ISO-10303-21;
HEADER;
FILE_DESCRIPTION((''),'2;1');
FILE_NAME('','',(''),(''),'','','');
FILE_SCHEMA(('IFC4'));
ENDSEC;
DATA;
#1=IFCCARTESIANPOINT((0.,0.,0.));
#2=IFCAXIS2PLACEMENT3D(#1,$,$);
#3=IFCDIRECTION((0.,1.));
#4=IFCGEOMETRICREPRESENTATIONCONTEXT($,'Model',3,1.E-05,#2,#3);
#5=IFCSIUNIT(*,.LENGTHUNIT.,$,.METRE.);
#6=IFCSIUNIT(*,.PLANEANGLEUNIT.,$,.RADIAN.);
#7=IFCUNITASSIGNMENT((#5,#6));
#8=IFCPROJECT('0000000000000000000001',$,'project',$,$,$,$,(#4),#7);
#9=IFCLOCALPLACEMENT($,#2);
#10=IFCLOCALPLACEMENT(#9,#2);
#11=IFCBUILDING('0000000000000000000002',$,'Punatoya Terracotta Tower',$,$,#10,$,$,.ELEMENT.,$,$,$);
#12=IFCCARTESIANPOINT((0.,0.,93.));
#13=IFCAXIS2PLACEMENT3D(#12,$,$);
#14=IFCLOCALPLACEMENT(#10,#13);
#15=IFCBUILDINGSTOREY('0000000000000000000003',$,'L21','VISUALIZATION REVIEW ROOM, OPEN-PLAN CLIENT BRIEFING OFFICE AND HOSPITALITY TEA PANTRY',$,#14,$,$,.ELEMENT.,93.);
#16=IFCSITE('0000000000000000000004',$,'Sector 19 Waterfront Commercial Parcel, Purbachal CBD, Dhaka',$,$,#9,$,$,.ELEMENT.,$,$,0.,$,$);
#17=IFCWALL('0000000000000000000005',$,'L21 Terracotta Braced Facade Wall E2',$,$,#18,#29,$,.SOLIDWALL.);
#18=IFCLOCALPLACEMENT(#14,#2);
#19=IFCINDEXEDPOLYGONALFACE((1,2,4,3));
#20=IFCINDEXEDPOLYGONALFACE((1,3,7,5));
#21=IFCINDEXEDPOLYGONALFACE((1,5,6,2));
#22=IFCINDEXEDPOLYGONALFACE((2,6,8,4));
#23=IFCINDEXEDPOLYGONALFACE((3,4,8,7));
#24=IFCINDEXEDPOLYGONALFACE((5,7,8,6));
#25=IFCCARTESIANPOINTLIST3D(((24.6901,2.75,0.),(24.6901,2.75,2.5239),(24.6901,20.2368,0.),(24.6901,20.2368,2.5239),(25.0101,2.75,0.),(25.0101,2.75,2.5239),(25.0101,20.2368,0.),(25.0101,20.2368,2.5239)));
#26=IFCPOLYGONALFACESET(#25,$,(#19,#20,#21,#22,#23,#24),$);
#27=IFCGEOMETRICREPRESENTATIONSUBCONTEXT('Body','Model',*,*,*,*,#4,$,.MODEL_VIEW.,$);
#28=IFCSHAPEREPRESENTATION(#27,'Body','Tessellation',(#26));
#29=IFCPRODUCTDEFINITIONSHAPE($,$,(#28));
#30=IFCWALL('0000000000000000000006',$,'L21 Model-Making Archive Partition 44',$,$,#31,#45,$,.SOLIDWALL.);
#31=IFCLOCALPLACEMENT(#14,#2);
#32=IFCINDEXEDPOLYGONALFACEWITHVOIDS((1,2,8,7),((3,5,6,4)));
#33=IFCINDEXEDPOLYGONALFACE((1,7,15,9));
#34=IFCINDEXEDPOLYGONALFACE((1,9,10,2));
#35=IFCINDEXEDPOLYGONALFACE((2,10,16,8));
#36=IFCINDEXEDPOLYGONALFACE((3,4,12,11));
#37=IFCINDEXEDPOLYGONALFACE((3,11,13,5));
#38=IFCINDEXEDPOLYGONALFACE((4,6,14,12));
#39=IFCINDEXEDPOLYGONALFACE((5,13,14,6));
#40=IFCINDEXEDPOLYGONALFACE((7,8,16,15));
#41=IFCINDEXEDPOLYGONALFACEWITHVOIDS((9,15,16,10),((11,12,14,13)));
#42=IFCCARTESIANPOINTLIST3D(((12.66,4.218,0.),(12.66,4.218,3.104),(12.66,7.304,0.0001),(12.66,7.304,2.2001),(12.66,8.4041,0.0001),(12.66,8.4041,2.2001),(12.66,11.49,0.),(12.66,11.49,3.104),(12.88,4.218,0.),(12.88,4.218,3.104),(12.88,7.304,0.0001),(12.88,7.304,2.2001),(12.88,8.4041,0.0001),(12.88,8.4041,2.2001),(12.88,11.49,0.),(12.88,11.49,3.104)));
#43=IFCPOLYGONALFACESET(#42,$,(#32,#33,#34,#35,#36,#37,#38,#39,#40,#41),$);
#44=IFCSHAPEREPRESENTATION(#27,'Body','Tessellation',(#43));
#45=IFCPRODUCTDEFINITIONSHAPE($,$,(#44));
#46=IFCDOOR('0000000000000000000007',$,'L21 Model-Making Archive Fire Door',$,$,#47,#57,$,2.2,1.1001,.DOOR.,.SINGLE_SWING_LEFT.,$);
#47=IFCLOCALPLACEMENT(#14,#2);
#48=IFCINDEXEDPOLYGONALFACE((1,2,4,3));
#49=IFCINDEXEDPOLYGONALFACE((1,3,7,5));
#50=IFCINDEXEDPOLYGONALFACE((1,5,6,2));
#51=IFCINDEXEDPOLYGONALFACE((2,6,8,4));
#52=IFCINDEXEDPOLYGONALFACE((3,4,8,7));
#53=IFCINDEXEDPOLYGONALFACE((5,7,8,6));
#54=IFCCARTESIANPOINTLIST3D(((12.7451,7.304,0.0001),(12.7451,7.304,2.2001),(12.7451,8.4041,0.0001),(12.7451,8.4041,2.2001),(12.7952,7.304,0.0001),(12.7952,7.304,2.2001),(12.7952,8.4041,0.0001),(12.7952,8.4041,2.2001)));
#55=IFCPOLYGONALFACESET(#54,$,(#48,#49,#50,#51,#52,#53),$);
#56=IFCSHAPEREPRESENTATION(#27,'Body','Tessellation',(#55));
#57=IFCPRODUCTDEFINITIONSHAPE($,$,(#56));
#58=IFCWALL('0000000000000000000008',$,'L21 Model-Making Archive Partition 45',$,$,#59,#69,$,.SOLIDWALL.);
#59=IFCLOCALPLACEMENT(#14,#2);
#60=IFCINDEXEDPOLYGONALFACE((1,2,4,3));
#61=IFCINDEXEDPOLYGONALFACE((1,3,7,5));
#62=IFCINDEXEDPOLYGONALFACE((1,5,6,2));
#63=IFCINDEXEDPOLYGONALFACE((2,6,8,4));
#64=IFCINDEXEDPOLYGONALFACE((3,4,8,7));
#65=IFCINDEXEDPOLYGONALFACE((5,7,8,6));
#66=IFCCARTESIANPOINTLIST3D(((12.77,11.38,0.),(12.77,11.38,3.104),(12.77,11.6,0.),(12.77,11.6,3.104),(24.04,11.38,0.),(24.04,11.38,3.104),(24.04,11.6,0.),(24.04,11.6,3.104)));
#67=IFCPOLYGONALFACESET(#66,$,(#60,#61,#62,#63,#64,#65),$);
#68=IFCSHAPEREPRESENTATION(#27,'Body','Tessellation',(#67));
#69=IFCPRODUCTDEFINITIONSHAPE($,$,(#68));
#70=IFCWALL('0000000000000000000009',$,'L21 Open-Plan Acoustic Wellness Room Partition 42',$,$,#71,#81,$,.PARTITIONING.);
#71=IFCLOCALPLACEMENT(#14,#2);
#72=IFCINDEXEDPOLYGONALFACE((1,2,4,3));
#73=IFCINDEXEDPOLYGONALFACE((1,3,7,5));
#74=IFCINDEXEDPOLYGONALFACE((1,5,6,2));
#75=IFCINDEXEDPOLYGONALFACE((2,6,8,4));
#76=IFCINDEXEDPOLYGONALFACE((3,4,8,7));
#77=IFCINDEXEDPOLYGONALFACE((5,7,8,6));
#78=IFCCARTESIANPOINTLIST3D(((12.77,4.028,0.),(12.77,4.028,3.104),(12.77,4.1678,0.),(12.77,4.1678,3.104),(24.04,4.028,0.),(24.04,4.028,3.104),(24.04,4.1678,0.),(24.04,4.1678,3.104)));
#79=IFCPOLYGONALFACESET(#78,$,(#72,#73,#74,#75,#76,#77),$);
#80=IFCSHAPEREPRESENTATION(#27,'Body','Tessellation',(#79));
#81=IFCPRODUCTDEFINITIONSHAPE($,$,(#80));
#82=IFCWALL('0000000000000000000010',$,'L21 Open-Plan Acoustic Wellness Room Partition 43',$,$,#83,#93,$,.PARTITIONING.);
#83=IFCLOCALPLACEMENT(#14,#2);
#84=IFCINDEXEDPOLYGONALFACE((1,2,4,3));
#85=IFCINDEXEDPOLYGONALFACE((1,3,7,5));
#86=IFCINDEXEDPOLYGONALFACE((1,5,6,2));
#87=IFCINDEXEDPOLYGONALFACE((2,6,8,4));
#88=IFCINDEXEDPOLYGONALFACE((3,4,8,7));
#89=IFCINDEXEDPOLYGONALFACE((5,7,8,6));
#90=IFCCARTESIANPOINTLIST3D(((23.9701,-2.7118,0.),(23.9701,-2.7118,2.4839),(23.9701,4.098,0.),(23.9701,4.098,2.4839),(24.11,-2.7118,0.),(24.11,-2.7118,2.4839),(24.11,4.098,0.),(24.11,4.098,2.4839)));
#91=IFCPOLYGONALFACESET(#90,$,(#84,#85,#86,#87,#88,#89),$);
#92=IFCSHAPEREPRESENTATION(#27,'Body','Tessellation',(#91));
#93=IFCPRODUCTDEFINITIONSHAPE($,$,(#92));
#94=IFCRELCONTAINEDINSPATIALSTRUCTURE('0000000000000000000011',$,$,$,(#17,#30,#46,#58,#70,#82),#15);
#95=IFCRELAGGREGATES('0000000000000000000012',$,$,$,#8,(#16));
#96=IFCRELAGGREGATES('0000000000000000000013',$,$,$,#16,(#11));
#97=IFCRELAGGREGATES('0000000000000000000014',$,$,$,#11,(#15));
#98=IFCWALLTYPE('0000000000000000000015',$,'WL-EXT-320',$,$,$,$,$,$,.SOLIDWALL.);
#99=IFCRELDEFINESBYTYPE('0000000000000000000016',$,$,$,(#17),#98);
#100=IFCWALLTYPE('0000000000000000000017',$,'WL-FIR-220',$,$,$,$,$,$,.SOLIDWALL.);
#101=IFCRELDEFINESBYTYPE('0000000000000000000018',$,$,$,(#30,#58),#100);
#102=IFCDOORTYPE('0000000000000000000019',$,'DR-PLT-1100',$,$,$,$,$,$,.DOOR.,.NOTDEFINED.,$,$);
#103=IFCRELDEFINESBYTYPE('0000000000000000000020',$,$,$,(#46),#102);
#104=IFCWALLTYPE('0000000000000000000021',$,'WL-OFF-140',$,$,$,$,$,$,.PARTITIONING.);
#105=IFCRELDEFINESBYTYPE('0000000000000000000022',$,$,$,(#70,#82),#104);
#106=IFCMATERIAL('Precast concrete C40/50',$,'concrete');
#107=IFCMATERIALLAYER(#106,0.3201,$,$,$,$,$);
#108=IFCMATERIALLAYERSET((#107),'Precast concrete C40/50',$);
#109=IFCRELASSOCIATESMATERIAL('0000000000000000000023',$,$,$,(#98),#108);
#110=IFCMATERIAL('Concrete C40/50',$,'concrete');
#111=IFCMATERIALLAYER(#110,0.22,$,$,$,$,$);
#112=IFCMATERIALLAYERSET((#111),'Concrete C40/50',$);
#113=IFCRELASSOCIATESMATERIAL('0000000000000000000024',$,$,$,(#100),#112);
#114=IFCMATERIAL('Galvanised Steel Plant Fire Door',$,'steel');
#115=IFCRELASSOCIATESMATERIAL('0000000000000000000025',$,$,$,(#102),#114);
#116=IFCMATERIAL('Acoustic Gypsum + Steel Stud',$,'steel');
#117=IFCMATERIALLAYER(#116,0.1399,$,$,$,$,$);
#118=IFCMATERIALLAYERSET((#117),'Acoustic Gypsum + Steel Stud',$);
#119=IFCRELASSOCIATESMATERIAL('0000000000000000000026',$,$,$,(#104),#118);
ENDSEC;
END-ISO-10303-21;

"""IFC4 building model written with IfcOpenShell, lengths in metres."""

from ifc_helpers import new_model, si_unit, direction, frame, frame_2d, origin, place, context, subcontext, project, spatial, rectangle, extrude, material, layer, layer_set, type_object, element, fill, save


model = new_model("IFC4")

# Units and contexts
model_context = context("Model", 3, precision=1e-05, world=origin(), true_north=direction((0.0, 1.0)))
body_context = subcontext(model_context, "Body", "Model", "MODEL_VIEW")
ifc_project = project(units=[si_unit("LENGTHUNIT", "METRE"), si_unit("PLANEANGLEUNIT", "RADIAN")], contexts=[model_context])

# Site, building, storey
site_placement = place(None, origin())
site = spatial("IfcSite", under=ifc_project, at=site_placement, Name="Sector 19 Waterfront Commercial Parcel, Purbachal CBD, Dhaka", CompositionType="ELEMENT", RefElevation=0.0)
building_placement = place(site_placement, origin())
building = spatial("IfcBuilding", under=site, at=building_placement, Name="Punatoya Terracotta Tower", CompositionType="ELEMENT")
storey_placement = place(building_placement, frame((0.0, 0.0, 93.0)))
storey = spatial("IfcBuildingStorey", under=building, at=storey_placement, Name="L21", Description="VISUALIZATION REVIEW ROOM, OPEN-PLAN CLIENT BRIEFING OFFICE AND HOSPITALITY TEA PANTRY", CompositionType="ELEMENT", Elevation=93.0)

# Wall
ifc_material_1 = material(Name="Precast concrete C40/50", Category="concrete")
ifc_layer_1 = layer(ifc_material_1, 0.3201)
ifc_layer_set_1 = layer_set([ifc_layer_1], Name="Precast concrete C40/50")
wall_type_1 = type_object("IfcWallType", Name="WL-EXT-320", PredefinedType="SOLIDWALL", material=ifc_layer_set_1)
wall_1_placement = place(storey_placement, frame((24.8501, 2.75, 0.0), z_axis=(0.0, 0.0, 1.0), x_axis=(0.0, 1.0, 0.0)))
element("IfcWall", 1, at=wall_1_placement, inside=storey, type_object=wall_type_1, Name="L21 Terracotta Braced Facade Wall E2", PredefinedType="SOLIDWALL", context=body_context, shape_type="SweptSolid", body=[
    extrude(rectangle(XDim=17.4868, YDim=0.3201, at=frame_2d((8.7434, 0.0))), origin(), (0.0, 0.0, 1.0), 2.5239),
])

# Wall, opening, door
ifc_material_2 = material(Name="Concrete C40/50", Category="concrete")
ifc_layer_2 = layer(ifc_material_2, 0.22)
ifc_layer_set_2 = layer_set([ifc_layer_2], Name="Concrete C40/50")
wall_type_2 = type_object("IfcWallType", Name="WL-FIR-220", PredefinedType="SOLIDWALL", material=ifc_layer_set_2)
wall_2_placement = place(storey_placement, frame((12.77, 4.218, 0.0), z_axis=(0.0, 0.0, 1.0), x_axis=(0.0, 1.0, 0.0)))
wall_2 = element("IfcWall", 2, at=wall_2_placement, inside=storey, type_object=wall_type_2, Name="L21 Model-Making Archive Partition 44", PredefinedType="SOLIDWALL", context=body_context, shape_type="SweptSolid", body=[
    extrude(rectangle(XDim=7.272, YDim=0.22, at=frame_2d((3.636, 0.0))), origin(), (0.0, 0.0, 1.0), 3.104),
])
opening_1_placement = place(wall_2_placement, frame((3.0859, 0.0, 0.0)))
opening_1 = element("IfcOpeningElement", 3, at=opening_1_placement, cuts=wall_2, PredefinedType="OPENING", context=body_context, shape_type="SweptSolid", body=[
    extrude(rectangle(XDim=1.1001, YDim=2.2, at=frame_2d((0.55, 1.1001))), frame((0.0, 0.1199, 0.0), z_axis=(0.0, -1.0, 0.0), x_axis=(1.0, 0.0, 0.0)), (0.0, 0.0, 1.0), 0.24),
])
ifc_material_3 = material(Name="Galvanised Steel Plant Fire Door", Category="steel")
door_type_1 = type_object("IfcDoorType", Name="DR-PLT-1100", OperationType="NOTDEFINED", PredefinedType="DOOR", material=ifc_material_3)
door_1_placement = place(opening_1_placement, origin())
door_1 = element("IfcDoor", 4, at=door_1_placement, inside=storey, type_object=door_type_1, Name="L21 Model-Making Archive Fire Door", OperationType="SINGLE_SWING_LEFT", OverallHeight=2.2, OverallWidth=1.1001, PredefinedType="DOOR", context=body_context, shape_type="SweptSolid", body=[
    extrude(rectangle(XDim=1.1001, YDim=2.2, at=frame_2d((0.55, 1.1001))), frame((0.0, 0.0249, 0.0), z_axis=(0.0, -1.0, 0.0), x_axis=(1.0, 0.0, 0.0)), (0.0, 0.0, 1.0), 0.05),
])
fill(opening_1, door_1)

# Walls
wall_3_placement = place(storey_placement, frame((12.77, 11.49, 0.0), z_axis=(0.0, 0.0, 1.0), x_axis=(1.0, 0.0, 0.0)))
element("IfcWall", 5, at=wall_3_placement, inside=storey, type_object=wall_type_2, Name="L21 Model-Making Archive Partition 45", PredefinedType="SOLIDWALL", context=body_context, shape_type="SweptSolid", body=[
    extrude(rectangle(XDim=11.27, YDim=0.22, at=frame_2d((5.635, 0.0))), origin(), (0.0, 0.0, 1.0), 3.104),
])
ifc_material_4 = material(Name="Acoustic Gypsum + Steel Stud", Category="steel")
ifc_layer_3 = layer(ifc_material_4, 0.1399)
ifc_layer_set_3 = layer_set([ifc_layer_3], Name="Acoustic Gypsum + Steel Stud")
wall_type_3 = type_object("IfcWallType", Name="WL-OFF-140", PredefinedType="PARTITIONING", material=ifc_layer_set_3)
wall_4_placement = place(storey_placement, frame((12.77, 4.0979, 0.0), z_axis=(0.0, 0.0, 1.0), x_axis=(1.0, 0.0, 0.0)))
element("IfcWall", 6, at=wall_4_placement, inside=storey, type_object=wall_type_3, Name="L21 Open-Plan Acoustic Wellness Room Partition 42", PredefinedType="PARTITIONING", context=body_context, shape_type="SweptSolid", body=[
    extrude(rectangle(XDim=11.27, YDim=0.1399, at=frame_2d((5.635, 0.0))), origin(), (0.0, 0.0, 1.0), 3.104),
])
wall_5_placement = place(storey_placement, frame((24.04, 4.0979, 0.0), z_axis=(0.0, 0.0, 1.0), x_axis=(0.0, -1.0, 0.0)))
element("IfcWall", 7, at=wall_5_placement, inside=storey, type_object=wall_type_3, Name="L21 Open-Plan Acoustic Wellness Room Partition 43", PredefinedType="PARTITIONING", context=body_context, shape_type="SweptSolid", body=[
    extrude(rectangle(XDim=6.8098, YDim=0.1399, at=frame_2d((3.4048, 0.0))), origin(), (0.0, 0.0, 1.0), 2.4839),
])

save(model, "model.ifc")
